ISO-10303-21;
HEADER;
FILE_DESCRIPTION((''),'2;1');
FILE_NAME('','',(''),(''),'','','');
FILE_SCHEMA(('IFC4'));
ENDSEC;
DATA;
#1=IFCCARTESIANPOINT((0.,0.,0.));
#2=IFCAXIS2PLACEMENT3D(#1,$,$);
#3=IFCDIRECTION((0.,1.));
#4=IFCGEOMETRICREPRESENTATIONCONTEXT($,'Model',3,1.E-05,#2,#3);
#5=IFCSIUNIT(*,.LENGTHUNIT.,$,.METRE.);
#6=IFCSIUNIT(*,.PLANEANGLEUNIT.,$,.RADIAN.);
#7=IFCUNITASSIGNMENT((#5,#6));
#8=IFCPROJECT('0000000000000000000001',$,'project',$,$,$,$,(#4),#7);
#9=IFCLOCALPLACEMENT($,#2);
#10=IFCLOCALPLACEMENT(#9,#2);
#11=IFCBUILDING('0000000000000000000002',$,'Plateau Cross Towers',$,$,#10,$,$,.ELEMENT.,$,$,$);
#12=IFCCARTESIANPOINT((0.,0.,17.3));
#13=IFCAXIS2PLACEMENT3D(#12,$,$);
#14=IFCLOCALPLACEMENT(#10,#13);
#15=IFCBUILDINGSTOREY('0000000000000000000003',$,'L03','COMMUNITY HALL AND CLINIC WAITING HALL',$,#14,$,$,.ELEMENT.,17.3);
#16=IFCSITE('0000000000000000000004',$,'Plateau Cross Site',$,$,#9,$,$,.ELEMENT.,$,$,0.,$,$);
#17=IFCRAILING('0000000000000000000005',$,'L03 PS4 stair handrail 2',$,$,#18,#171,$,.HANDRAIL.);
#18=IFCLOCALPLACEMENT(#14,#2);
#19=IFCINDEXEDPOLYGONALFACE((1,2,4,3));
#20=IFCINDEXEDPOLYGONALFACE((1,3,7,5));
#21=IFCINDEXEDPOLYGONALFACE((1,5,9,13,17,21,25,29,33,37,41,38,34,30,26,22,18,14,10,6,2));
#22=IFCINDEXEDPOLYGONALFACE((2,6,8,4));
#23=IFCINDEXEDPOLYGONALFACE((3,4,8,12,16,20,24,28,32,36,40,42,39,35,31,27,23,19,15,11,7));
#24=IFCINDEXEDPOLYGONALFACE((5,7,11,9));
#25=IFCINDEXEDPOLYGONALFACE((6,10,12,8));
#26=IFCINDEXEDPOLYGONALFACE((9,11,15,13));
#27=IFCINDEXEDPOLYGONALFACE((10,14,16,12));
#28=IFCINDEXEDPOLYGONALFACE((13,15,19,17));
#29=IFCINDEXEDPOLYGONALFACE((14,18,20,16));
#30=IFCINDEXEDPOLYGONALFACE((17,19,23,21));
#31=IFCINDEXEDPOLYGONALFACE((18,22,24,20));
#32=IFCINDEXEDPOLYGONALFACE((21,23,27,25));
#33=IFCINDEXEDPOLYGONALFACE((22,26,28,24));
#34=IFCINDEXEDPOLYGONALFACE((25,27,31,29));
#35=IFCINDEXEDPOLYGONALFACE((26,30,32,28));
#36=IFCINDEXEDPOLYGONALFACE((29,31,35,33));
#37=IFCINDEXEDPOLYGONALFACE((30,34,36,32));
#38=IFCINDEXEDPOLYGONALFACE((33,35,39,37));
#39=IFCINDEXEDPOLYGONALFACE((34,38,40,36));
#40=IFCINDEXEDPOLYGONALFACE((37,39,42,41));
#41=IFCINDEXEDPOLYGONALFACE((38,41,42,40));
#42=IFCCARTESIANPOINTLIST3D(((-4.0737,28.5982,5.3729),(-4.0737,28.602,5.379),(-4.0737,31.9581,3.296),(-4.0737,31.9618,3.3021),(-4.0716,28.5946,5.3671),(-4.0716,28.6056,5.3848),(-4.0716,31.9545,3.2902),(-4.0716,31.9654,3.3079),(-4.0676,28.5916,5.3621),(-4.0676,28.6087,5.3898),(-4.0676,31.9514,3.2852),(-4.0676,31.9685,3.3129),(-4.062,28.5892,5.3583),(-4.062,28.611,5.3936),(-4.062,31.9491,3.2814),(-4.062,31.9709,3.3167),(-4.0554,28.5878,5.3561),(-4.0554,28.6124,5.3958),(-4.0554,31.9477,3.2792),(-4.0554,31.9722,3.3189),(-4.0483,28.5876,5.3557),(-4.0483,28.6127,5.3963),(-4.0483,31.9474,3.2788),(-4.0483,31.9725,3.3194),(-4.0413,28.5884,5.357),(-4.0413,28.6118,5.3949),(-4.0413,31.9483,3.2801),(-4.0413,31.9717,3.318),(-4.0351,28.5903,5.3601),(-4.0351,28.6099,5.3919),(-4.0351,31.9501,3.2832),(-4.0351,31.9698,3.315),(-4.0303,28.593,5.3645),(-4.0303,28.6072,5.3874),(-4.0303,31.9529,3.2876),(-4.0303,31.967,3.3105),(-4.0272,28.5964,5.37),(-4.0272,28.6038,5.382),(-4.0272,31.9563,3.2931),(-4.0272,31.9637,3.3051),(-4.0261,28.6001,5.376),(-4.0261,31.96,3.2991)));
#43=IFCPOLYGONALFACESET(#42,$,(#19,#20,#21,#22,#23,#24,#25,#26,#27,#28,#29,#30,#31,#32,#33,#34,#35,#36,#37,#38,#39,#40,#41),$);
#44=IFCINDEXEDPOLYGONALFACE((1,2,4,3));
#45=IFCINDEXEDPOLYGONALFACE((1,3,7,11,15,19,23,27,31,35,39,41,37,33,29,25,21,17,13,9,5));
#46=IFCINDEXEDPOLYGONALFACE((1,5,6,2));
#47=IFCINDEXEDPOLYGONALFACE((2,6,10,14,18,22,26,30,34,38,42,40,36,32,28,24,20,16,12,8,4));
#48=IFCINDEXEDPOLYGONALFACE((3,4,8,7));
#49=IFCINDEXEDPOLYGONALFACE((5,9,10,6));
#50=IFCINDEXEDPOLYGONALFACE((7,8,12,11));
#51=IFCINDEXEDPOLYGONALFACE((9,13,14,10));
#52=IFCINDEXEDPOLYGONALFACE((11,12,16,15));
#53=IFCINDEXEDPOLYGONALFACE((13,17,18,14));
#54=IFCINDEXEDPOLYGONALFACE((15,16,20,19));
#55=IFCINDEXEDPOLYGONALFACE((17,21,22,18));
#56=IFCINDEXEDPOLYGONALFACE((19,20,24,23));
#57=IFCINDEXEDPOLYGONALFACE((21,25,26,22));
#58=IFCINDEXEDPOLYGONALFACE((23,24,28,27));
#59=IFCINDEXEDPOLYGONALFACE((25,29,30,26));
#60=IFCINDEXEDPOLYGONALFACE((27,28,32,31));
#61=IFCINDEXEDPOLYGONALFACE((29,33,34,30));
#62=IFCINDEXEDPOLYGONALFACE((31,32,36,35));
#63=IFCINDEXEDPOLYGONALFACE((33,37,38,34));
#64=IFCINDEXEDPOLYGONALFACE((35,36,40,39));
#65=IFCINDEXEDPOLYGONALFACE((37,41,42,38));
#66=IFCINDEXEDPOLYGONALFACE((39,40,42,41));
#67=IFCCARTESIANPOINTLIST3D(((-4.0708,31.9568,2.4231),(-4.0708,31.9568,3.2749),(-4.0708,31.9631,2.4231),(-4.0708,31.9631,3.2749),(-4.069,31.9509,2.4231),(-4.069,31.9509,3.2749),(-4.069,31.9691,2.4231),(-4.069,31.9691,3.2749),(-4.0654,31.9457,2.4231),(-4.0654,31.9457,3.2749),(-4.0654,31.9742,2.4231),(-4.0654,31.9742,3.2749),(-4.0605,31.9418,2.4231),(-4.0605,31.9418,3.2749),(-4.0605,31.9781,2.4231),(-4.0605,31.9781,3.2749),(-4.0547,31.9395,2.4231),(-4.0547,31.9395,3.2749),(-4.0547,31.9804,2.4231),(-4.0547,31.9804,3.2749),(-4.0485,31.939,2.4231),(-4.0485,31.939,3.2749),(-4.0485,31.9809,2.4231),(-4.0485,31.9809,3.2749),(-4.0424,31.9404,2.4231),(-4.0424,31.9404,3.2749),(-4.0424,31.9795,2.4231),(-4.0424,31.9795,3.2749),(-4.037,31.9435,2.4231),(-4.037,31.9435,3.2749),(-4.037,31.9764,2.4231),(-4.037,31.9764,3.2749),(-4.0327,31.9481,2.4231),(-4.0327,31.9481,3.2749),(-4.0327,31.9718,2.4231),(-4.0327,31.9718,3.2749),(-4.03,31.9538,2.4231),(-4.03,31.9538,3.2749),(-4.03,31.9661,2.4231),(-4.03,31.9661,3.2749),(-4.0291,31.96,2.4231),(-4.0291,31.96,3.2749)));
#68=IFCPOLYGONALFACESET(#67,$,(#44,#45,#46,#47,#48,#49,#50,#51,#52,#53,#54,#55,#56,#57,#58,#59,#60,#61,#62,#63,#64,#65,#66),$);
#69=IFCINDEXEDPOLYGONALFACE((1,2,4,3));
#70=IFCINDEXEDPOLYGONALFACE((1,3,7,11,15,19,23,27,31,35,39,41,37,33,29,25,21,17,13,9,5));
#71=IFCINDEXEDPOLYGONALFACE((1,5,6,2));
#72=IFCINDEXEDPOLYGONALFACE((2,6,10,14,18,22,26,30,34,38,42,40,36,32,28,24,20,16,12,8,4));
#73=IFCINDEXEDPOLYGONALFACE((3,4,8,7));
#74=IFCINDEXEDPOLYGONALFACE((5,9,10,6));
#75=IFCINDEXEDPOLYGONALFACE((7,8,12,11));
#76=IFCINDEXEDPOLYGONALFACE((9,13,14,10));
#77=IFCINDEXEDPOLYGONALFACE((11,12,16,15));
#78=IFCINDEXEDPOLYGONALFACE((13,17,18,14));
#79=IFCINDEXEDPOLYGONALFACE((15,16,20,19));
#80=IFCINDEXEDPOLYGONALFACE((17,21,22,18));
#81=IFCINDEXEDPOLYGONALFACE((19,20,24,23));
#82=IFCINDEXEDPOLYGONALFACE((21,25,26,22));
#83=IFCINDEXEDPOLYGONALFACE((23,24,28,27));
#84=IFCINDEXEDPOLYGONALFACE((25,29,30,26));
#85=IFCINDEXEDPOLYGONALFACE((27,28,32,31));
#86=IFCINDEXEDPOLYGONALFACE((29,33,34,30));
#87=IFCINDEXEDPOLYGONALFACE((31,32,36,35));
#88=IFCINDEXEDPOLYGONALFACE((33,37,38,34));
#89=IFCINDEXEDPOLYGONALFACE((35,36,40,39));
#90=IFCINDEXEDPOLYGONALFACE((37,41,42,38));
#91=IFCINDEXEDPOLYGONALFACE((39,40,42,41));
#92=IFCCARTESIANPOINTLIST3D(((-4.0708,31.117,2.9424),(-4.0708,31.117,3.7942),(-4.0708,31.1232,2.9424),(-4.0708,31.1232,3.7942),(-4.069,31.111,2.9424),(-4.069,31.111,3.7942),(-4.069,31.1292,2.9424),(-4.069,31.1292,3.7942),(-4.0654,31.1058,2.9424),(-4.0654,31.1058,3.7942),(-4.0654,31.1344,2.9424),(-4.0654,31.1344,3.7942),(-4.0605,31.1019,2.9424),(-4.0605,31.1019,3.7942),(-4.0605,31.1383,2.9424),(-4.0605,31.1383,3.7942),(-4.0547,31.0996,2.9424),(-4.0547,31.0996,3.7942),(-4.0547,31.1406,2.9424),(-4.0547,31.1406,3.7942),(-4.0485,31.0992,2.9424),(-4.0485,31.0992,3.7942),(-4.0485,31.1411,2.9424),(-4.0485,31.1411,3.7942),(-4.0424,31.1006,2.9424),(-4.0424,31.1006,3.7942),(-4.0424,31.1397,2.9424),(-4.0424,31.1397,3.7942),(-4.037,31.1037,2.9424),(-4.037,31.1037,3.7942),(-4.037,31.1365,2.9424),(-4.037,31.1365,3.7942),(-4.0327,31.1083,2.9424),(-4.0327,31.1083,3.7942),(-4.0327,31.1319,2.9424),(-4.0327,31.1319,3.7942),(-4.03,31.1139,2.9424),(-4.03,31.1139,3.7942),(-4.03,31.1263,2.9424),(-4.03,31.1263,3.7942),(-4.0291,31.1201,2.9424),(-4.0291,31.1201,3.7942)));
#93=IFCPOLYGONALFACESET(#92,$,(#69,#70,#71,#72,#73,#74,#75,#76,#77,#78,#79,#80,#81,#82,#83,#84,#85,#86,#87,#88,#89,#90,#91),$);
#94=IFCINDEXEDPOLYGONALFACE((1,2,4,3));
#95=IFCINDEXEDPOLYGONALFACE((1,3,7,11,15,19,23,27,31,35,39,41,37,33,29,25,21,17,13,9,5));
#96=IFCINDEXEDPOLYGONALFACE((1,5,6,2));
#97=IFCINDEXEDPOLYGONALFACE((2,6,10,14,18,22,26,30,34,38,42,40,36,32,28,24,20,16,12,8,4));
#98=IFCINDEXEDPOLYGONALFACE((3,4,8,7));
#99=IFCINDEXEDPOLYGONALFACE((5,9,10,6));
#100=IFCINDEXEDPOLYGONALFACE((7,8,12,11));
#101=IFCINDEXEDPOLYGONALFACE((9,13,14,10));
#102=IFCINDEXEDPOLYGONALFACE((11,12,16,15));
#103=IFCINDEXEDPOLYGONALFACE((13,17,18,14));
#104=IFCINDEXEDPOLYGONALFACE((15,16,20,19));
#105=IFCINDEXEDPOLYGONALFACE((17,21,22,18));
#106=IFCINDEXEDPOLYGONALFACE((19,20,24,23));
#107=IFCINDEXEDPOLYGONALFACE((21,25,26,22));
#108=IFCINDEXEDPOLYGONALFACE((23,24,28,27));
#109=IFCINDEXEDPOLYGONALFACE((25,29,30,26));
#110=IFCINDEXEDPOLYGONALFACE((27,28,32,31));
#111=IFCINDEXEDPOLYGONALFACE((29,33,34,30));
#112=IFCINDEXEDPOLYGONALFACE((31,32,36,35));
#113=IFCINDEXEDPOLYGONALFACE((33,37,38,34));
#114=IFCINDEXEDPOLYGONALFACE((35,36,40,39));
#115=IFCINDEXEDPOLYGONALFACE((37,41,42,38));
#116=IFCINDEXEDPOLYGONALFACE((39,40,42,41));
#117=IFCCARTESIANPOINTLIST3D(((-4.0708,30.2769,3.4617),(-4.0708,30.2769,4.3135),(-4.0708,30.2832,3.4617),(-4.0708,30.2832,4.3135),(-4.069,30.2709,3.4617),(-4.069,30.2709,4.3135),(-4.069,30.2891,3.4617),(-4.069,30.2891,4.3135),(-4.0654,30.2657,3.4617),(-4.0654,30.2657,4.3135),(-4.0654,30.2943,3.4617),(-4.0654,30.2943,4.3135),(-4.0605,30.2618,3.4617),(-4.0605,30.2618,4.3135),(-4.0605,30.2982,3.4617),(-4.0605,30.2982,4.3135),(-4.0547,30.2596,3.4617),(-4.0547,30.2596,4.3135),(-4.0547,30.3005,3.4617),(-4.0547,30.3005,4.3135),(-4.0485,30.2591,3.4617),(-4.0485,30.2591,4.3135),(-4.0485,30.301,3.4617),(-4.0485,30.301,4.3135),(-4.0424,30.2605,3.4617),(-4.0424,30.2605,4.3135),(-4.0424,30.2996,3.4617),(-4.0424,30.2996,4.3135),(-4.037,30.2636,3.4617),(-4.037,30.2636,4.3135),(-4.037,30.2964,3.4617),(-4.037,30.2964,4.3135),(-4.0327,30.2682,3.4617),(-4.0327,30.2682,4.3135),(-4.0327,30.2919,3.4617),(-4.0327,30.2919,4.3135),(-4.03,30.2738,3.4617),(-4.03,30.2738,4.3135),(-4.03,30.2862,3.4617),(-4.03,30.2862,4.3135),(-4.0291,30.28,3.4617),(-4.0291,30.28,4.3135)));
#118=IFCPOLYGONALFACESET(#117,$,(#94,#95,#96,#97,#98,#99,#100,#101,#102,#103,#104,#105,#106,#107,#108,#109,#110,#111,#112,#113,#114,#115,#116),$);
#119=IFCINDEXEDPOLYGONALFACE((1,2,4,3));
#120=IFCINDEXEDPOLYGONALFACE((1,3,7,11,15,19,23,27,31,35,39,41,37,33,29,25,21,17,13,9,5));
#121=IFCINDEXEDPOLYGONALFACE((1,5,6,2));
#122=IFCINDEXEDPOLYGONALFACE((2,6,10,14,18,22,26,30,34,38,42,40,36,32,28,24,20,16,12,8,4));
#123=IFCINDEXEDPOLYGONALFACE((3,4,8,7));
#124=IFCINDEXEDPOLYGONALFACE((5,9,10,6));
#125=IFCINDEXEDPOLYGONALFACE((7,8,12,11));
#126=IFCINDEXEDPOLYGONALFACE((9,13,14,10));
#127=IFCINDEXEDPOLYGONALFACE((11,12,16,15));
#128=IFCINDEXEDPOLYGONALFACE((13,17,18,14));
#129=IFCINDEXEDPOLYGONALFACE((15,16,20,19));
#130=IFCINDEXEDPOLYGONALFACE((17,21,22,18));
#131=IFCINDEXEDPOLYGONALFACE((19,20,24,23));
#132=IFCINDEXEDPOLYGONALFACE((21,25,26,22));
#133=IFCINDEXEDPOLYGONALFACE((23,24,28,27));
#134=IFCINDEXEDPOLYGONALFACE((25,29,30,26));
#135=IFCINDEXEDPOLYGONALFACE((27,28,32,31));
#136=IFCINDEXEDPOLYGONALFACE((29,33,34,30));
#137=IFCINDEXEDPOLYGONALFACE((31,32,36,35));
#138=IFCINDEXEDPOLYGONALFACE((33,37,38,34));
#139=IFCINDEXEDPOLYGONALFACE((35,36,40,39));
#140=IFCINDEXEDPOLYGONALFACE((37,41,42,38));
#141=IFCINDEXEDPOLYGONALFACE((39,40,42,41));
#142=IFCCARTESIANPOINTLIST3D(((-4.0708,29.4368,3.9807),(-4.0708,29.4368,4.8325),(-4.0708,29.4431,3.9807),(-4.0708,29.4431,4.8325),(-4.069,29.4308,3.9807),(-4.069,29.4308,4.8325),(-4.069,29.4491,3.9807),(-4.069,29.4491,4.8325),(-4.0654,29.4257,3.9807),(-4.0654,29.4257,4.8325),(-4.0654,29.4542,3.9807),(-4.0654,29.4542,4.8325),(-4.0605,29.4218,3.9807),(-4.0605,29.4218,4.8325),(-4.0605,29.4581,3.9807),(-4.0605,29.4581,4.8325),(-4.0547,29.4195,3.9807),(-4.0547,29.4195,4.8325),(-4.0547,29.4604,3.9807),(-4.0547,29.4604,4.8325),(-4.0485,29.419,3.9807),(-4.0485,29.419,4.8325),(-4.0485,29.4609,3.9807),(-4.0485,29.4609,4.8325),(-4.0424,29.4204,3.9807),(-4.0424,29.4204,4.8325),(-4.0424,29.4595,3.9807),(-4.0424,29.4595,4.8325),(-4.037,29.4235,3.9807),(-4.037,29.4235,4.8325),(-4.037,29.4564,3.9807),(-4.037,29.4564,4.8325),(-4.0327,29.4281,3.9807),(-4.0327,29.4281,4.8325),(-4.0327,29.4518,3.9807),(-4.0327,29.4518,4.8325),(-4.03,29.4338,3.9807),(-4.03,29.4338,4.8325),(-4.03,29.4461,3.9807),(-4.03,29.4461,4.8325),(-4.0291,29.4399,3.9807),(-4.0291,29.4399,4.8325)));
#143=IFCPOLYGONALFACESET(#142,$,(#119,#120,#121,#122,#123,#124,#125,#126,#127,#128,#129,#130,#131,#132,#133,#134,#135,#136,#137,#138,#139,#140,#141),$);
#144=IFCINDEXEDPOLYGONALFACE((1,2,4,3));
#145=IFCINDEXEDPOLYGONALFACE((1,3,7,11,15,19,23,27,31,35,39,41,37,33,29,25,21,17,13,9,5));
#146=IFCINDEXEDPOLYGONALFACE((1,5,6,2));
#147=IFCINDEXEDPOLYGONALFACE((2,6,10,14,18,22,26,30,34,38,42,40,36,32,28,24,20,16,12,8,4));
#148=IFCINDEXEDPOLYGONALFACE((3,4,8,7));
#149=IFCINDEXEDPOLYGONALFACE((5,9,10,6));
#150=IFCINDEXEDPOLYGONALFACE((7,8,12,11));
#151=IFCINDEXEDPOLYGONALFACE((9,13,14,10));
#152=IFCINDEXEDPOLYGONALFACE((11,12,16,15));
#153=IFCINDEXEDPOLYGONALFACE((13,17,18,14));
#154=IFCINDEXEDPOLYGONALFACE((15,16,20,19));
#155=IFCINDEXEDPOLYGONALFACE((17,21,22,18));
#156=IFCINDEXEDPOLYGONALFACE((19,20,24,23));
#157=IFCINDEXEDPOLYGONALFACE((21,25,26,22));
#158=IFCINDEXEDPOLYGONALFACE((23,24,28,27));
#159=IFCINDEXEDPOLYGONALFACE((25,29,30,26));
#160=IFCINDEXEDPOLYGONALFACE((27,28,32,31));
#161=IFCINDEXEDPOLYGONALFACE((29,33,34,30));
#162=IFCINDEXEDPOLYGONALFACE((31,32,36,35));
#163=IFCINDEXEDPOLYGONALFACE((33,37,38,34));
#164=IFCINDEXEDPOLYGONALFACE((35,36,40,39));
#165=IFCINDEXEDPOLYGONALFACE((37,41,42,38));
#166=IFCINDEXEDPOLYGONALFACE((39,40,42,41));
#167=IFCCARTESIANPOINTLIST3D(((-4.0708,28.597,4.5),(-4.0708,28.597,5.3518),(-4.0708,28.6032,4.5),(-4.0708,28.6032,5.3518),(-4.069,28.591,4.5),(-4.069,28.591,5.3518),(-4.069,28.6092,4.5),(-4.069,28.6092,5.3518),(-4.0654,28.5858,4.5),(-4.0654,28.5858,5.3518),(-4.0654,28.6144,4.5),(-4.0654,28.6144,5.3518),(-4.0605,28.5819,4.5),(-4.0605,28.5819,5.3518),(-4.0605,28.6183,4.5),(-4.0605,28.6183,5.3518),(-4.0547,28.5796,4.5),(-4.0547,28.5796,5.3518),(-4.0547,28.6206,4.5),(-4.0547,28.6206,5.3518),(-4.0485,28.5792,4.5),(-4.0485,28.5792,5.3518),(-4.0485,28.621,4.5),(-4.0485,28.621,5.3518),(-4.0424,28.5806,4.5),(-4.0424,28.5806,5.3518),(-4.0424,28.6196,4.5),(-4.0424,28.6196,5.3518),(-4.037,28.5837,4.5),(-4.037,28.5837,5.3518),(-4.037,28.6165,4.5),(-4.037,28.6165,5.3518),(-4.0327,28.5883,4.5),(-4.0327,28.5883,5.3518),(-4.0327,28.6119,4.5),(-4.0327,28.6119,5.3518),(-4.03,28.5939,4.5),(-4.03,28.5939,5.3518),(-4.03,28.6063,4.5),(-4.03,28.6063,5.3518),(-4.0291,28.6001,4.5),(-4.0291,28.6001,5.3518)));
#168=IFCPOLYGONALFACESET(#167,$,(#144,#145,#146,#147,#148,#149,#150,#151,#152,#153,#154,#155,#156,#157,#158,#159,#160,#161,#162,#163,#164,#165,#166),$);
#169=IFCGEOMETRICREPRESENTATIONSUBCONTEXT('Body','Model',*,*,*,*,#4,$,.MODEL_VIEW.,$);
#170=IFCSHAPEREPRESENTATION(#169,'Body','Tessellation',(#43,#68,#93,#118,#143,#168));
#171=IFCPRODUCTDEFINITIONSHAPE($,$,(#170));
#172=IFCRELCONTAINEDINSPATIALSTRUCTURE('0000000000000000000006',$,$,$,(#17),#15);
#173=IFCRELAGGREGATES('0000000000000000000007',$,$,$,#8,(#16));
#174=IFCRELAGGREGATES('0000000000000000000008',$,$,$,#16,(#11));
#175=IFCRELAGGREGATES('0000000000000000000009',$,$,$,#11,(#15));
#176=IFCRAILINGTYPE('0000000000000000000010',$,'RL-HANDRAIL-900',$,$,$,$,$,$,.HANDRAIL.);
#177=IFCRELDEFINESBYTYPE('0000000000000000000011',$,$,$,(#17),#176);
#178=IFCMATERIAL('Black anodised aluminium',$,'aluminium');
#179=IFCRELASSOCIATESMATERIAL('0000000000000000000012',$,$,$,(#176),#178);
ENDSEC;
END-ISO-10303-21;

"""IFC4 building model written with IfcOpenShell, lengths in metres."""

from ifc_helpers import new_model, si_unit, direction, frame, origin, origin_2d, place, context, subcontext, project, spatial, circle, extrude, material, type_object, element, save


model = new_model("IFC4")

# Units and contexts
model_context = context("Model", 3, precision=1e-05, world=origin(), true_north=direction((0.0, 1.0)))
body_context = subcontext(model_context, "Body", "Model", "MODEL_VIEW")
ifc_project = project(units=[si_unit("LENGTHUNIT", "METRE"), si_unit("PLANEANGLEUNIT", "RADIAN")], contexts=[model_context])

# Site, building, storey
site_placement = place(None, origin())
site = spatial("IfcSite", under=ifc_project, at=site_placement, Name="Plateau Cross Site", CompositionType="ELEMENT", RefElevation=0.0)
building_placement = place(site_placement, origin())
building = spatial("IfcBuilding", under=site, at=building_placement, Name="Plateau Cross Towers", CompositionType="ELEMENT")
storey_placement = place(building_placement, frame((0.0, 0.0, 17.3)))
storey = spatial("IfcBuildingStorey", under=building, at=storey_placement, Name="L03", Description="COMMUNITY HALL AND CLINIC WAITING HALL", CompositionType="ELEMENT", Elevation=17.3)

# Shared definitions
ifc_material_1 = material(Name="Black anodised aluminium", Category="aluminium")

# Railing
railing_type_1 = type_object("IfcRailingType", Name="RL-HANDRAIL-900", PredefinedType="HANDRAIL", material=ifc_material_1)
railing_1_placement = place(storey_placement, frame((-4.05, 31.96, 2.4231)))
element("IfcRailing", 1, at=railing_1_placement, inside=storey, type_object=railing_type_1, Name="L03 PS4 stair handrail 2", PredefinedType="HANDRAIL", context=body_context, shape_type="SweptSolid", body=[
    extrude(circle(Radius=0.0239, at=origin_2d()), frame((0.0, 0.0, 0.876), z_axis=(0.0, -0.850606, 0.525803), x_axis=(1.0, 0.0, 0.0)), (0.0, 0.0, 1.0), 3.95),
    extrude(circle(Radius=0.021, at=origin_2d()), origin(), (0.0, 0.0, 1.0), 0.8518),
    extrude(circle(Radius=0.021, at=origin_2d()), frame((0.0, -0.8398, 0.5193)), (0.0, 0.0, 1.0), 0.8518),
    extrude(circle(Radius=0.021, at=origin_2d()), frame((0.0, -1.6799, 1.0386)), (0.0, 0.0, 1.0), 0.8518),
    extrude(circle(Radius=0.021, at=origin_2d()), frame((0.0, -2.52, 1.5576)), (0.0, 0.0, 1.0), 0.8518),
    extrude(circle(Radius=0.021, at=origin_2d()), frame((0.0, -3.3599, 2.0769)), (0.0, 0.0, 1.0), 0.8518),
])

save(model, "model.ifc")
